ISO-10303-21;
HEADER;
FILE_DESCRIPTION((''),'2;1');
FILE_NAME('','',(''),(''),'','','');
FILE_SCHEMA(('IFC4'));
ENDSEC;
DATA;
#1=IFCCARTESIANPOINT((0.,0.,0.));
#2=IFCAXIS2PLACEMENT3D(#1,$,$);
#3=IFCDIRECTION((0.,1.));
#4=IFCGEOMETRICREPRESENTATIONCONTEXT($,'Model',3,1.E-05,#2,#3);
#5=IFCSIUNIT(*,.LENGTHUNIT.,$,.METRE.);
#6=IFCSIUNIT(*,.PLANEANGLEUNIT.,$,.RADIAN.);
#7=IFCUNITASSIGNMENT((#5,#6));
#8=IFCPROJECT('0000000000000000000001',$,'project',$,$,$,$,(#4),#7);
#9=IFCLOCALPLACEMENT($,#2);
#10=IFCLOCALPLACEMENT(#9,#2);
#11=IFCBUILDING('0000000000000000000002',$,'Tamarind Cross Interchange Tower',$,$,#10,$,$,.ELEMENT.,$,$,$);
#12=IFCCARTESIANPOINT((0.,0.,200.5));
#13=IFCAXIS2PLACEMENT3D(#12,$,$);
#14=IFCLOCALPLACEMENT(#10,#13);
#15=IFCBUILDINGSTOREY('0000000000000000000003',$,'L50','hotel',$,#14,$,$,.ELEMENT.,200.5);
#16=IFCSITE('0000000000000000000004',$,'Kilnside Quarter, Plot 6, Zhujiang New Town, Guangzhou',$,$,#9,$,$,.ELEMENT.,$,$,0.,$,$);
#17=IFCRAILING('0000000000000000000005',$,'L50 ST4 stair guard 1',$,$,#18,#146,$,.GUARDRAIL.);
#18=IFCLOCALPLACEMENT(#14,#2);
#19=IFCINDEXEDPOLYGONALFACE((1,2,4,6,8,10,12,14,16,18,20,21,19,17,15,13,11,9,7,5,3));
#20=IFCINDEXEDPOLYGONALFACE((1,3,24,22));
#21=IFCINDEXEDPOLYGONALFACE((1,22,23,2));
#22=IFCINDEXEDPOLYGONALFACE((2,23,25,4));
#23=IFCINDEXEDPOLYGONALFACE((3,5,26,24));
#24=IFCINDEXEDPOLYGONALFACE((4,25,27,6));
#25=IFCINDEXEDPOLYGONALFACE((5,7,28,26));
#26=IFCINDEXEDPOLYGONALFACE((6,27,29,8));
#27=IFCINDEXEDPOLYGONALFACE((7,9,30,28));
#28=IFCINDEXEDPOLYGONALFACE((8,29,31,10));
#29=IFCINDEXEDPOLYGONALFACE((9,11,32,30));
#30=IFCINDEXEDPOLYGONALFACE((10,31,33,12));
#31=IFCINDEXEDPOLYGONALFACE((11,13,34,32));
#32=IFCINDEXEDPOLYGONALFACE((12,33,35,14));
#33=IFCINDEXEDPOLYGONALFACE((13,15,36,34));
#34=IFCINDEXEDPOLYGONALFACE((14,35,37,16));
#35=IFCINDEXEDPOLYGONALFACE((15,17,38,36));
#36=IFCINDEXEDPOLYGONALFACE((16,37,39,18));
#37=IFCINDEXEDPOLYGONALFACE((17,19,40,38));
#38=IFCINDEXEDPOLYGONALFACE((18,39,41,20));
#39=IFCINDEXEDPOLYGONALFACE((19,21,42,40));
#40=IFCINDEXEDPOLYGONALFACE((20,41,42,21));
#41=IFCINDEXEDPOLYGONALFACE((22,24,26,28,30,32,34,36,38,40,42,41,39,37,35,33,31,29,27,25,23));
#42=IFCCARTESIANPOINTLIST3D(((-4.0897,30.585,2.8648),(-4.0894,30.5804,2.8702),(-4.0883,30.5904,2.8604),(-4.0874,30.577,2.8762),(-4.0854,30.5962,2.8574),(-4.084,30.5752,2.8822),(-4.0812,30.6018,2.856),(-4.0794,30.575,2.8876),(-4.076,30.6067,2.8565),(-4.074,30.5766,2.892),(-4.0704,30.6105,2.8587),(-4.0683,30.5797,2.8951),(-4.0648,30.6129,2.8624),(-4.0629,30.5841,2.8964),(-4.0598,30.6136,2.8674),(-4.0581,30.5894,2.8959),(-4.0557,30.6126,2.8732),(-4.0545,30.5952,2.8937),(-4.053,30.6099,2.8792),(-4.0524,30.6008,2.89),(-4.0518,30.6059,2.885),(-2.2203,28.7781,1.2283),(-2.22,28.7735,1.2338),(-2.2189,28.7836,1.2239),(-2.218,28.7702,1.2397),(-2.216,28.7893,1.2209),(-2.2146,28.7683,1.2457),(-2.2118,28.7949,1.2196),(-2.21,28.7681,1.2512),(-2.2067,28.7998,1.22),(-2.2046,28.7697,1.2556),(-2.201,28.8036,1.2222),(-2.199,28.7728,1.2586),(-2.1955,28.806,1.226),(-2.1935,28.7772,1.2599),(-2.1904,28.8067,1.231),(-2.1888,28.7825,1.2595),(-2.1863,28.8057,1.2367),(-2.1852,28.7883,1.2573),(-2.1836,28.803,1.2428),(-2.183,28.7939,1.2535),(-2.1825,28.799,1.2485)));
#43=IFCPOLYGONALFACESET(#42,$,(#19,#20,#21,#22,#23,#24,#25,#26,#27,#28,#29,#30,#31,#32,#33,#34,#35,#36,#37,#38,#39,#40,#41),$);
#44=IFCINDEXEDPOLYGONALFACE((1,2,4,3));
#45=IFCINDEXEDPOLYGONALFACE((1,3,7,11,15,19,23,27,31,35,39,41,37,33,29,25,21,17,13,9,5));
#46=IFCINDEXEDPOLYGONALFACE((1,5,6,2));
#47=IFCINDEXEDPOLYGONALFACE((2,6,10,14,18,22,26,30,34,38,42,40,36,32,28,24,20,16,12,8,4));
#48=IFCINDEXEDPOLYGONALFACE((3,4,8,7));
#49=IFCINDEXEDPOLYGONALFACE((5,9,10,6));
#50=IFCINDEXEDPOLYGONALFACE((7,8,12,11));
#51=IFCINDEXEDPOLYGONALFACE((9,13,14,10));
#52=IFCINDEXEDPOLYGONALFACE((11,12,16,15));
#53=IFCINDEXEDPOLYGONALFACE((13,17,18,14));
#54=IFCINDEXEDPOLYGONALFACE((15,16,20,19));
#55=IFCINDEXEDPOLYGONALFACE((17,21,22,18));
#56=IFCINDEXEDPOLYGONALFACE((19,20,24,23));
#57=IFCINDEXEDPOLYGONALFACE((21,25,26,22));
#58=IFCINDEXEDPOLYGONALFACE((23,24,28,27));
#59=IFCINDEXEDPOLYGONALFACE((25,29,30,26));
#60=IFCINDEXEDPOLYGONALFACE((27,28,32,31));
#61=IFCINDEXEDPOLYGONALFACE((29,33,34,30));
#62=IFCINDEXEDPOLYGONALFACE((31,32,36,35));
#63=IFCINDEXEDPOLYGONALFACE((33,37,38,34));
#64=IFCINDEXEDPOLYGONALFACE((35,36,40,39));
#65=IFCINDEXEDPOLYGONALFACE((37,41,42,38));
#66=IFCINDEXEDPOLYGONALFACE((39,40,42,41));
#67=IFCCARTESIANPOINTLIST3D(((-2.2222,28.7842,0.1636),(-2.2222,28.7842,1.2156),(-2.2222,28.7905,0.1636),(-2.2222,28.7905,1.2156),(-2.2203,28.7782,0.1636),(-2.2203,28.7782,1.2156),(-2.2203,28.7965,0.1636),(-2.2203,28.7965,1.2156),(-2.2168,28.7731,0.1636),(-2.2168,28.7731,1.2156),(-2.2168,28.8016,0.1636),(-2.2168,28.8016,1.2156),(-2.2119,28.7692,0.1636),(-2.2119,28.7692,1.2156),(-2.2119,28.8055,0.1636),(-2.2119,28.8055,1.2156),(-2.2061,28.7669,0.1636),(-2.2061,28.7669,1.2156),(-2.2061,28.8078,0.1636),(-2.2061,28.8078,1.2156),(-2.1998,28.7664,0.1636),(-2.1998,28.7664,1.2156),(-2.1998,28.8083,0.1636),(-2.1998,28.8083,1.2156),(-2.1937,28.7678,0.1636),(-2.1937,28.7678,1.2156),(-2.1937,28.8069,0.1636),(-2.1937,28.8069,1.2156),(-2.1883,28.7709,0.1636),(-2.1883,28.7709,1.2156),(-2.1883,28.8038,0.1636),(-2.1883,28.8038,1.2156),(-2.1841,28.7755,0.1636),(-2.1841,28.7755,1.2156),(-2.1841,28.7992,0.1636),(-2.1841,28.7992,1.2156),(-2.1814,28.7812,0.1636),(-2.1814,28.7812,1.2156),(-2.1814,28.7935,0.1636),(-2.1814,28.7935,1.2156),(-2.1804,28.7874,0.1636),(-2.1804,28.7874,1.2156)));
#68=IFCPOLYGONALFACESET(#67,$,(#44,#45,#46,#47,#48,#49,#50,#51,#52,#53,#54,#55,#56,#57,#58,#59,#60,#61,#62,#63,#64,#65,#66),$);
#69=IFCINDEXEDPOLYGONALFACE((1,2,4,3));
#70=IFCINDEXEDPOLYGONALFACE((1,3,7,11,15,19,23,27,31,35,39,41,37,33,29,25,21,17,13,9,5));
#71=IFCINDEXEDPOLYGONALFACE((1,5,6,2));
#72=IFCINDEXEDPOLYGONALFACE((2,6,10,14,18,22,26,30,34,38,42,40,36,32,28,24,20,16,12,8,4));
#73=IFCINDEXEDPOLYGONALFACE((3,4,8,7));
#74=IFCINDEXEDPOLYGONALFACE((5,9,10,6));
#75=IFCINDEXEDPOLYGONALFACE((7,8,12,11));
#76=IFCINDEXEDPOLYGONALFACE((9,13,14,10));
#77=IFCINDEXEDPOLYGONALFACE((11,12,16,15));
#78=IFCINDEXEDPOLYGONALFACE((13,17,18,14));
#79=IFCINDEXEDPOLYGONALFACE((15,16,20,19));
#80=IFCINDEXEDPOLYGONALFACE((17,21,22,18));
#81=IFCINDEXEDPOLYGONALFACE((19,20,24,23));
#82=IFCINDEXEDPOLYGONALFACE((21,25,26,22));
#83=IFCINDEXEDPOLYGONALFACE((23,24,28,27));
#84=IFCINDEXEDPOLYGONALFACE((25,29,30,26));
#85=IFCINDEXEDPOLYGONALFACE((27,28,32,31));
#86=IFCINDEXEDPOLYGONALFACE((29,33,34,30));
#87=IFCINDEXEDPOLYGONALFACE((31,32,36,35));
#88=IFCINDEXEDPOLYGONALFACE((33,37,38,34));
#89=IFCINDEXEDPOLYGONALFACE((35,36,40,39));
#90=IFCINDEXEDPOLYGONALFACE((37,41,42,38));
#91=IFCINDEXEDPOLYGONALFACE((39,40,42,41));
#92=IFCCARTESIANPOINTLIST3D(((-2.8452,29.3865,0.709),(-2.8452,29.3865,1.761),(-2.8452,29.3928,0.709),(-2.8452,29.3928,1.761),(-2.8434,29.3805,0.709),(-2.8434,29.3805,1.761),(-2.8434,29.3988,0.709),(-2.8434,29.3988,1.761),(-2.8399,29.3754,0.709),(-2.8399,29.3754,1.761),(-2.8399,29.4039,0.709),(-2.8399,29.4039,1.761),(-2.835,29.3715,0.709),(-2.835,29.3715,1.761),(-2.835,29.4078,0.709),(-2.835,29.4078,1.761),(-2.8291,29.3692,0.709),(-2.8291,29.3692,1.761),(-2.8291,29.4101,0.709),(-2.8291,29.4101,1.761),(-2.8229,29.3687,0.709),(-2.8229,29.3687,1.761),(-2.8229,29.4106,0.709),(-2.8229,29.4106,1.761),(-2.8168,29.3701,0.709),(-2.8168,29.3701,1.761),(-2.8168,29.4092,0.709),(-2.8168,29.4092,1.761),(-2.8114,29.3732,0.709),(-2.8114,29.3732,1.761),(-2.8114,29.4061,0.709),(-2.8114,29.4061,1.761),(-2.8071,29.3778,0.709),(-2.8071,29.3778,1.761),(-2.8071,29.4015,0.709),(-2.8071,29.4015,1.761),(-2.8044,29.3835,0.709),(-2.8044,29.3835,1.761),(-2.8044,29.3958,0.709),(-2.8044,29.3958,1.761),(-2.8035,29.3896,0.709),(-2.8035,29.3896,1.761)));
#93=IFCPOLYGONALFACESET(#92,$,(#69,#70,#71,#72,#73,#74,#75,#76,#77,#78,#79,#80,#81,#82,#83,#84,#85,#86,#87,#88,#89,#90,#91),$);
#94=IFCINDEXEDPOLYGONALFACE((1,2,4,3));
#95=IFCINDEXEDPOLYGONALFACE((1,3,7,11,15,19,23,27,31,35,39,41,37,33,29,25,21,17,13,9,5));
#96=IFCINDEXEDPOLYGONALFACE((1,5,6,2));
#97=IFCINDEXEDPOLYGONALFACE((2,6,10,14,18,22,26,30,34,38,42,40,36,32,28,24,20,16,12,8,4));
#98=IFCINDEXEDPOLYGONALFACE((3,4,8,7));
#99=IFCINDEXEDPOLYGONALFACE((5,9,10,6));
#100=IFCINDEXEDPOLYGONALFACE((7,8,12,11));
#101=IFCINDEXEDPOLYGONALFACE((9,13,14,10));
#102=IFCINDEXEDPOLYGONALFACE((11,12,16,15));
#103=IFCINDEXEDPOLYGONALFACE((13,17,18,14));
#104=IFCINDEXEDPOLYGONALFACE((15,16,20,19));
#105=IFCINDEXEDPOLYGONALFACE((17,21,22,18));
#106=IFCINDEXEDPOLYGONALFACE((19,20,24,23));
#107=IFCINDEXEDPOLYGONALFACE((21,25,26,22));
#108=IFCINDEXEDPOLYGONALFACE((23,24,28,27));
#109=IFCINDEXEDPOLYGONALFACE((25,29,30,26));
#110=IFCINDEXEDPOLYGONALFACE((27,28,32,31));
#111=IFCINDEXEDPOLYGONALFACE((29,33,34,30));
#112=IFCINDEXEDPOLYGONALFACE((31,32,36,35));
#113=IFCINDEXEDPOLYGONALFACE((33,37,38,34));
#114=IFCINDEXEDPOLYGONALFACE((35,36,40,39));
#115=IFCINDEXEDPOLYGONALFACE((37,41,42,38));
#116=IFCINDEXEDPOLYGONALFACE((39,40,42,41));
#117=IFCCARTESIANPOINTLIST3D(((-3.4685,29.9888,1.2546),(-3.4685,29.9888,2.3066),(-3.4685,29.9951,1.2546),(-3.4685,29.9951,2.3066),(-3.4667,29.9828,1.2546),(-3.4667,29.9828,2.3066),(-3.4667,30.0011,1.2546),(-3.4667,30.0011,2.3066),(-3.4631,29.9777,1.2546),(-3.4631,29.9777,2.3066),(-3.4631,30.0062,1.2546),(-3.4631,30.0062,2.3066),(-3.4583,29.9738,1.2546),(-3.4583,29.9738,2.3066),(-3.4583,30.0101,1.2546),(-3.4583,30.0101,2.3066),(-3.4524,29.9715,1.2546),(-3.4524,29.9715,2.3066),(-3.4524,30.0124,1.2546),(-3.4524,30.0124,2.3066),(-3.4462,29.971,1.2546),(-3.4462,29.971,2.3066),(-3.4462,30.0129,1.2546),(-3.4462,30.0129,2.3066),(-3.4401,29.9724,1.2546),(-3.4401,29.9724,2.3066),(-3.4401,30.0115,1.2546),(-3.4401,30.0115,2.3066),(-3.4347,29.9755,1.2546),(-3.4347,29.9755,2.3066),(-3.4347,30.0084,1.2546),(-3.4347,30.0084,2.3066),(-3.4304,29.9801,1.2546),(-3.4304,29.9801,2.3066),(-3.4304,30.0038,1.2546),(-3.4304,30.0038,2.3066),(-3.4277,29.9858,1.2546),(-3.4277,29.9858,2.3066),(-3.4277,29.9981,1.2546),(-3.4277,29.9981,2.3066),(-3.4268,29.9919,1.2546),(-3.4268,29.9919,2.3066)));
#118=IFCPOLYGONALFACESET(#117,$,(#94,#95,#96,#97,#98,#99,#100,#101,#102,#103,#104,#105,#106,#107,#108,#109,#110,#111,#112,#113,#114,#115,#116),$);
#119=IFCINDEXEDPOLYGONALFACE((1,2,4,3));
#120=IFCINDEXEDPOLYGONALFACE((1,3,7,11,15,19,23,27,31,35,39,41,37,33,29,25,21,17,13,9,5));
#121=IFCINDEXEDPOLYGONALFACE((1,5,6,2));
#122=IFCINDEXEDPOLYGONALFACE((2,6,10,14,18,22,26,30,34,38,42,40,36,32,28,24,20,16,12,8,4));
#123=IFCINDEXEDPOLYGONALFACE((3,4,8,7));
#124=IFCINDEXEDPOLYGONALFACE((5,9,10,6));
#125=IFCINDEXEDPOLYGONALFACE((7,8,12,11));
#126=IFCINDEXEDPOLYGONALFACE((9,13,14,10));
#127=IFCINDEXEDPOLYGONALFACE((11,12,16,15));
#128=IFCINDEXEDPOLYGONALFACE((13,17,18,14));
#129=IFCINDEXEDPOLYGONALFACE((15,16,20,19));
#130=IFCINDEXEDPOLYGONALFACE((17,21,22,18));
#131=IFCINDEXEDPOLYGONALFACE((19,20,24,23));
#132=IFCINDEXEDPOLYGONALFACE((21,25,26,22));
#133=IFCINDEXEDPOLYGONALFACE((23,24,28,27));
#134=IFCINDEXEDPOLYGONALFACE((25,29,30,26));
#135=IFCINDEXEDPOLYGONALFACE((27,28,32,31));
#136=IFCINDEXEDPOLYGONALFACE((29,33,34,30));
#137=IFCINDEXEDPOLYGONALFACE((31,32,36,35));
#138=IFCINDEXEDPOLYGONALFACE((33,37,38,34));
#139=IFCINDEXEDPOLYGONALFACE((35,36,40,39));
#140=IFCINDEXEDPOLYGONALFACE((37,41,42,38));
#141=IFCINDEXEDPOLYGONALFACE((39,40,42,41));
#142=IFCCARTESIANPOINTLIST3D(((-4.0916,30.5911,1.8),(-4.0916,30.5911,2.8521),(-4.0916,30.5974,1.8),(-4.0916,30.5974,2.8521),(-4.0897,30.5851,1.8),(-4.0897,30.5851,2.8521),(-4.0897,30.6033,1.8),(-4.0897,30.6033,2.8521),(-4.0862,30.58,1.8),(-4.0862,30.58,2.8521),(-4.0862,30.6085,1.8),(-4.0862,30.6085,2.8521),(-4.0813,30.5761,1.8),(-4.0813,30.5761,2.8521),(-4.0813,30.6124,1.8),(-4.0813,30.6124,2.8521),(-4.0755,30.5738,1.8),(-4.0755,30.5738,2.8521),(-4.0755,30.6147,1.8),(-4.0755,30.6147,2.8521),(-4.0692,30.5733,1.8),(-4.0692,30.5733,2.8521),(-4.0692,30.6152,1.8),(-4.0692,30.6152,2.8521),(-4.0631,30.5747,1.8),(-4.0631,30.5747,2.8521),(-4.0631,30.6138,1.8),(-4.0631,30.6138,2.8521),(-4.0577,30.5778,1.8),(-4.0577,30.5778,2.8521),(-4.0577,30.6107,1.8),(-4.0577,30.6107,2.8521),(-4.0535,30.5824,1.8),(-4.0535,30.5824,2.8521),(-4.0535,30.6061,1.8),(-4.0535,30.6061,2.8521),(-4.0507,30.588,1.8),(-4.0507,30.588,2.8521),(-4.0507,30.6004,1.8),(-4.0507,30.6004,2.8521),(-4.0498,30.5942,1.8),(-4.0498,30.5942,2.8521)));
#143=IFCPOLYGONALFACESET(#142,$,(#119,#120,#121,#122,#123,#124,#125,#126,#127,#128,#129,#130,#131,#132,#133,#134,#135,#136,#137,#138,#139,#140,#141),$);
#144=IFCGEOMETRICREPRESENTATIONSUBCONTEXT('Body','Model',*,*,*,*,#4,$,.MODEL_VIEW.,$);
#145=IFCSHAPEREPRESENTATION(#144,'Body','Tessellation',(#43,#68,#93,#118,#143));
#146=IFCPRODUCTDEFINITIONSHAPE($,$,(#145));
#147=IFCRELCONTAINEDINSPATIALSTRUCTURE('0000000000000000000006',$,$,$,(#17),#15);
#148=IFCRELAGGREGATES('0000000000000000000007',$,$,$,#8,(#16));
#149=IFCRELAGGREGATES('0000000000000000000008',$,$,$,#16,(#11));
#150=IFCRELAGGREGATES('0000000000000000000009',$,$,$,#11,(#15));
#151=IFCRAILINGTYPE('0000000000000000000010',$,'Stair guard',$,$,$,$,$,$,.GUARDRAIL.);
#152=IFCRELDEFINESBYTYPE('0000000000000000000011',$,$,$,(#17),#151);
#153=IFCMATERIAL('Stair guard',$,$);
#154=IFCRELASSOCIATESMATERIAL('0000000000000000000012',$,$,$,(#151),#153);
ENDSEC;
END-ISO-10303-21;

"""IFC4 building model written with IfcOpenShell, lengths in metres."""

from ifc_helpers import new_model, si_unit, direction, frame, origin, origin_2d, place, context, subcontext, project, spatial, circle, extrude, material, type_object, element, save


model = new_model("IFC4")

# Units and contexts
model_context = context("Model", 3, precision=1e-05, world=origin(), true_north=direction((0.0, 1.0)))
body_context = subcontext(model_context, "Body", "Model", "MODEL_VIEW")
ifc_project = project(units=[si_unit("LENGTHUNIT", "METRE"), si_unit("PLANEANGLEUNIT", "RADIAN")], contexts=[model_context])

# Site, building, storey
site_placement = place(None, origin())
site = spatial("IfcSite", under=ifc_project, at=site_placement, Name="Kilnside Quarter, Plot 6, Zhujiang New Town, Guangzhou", CompositionType="ELEMENT", RefElevation=0.0)
building_placement = place(site_placement, origin())
building = spatial("IfcBuilding", under=site, at=building_placement, Name="Tamarind Cross Interchange Tower", CompositionType="ELEMENT")
storey_placement = place(building_placement, frame((0.0, 0.0, 200.5)))
storey = spatial("IfcBuildingStorey", under=building, at=storey_placement, Name="L50", Description="hotel", CompositionType="ELEMENT", Elevation=200.5)

# Railing
ifc_material_1 = material(Name="Stair guard")
railing_type_1 = type_object("IfcRailingType", Name="Stair guard", PredefinedType="GUARDRAIL", material=ifc_material_1)
railing_1_placement = place(storey_placement, frame((-2.2014, 28.7874, 0.1636)))
element("IfcRailing", 1, at=railing_1_placement, inside=storey, type_object=railing_type_1, Name="L50 ST4 stair guard 1", PredefinedType="GUARDRAIL", context=body_context, shape_type="SweptSolid", body=[
    extrude(circle(Radius=0.0239, at=origin_2d()), frame((0.0, 0.0, 1.0762), z_axis=(-0.608514, 0.588169, 0.532698), x_axis=(-0.694985, -0.719024, 0.0)), (0.0, 0.0, 1.0), 3.072),
    extrude(circle(Radius=0.021, at=origin_2d()), origin(), (0.0, 0.0, 1.0), 1.052),
    extrude(circle(Radius=0.021, at=origin_2d()), frame((-0.623, 0.6023, 0.5454)), (0.0, 0.0, 1.0), 1.052),
    extrude(circle(Radius=0.021, at=origin_2d()), frame((-1.2463, 1.2046, 1.0911)), (0.0, 0.0, 1.0), 1.052),
    extrude(circle(Radius=0.021, at=origin_2d()), frame((-1.8694, 1.8069, 1.6365)), (0.0, 0.0, 1.0), 1.052),
])

save(model, "model.ifc")
